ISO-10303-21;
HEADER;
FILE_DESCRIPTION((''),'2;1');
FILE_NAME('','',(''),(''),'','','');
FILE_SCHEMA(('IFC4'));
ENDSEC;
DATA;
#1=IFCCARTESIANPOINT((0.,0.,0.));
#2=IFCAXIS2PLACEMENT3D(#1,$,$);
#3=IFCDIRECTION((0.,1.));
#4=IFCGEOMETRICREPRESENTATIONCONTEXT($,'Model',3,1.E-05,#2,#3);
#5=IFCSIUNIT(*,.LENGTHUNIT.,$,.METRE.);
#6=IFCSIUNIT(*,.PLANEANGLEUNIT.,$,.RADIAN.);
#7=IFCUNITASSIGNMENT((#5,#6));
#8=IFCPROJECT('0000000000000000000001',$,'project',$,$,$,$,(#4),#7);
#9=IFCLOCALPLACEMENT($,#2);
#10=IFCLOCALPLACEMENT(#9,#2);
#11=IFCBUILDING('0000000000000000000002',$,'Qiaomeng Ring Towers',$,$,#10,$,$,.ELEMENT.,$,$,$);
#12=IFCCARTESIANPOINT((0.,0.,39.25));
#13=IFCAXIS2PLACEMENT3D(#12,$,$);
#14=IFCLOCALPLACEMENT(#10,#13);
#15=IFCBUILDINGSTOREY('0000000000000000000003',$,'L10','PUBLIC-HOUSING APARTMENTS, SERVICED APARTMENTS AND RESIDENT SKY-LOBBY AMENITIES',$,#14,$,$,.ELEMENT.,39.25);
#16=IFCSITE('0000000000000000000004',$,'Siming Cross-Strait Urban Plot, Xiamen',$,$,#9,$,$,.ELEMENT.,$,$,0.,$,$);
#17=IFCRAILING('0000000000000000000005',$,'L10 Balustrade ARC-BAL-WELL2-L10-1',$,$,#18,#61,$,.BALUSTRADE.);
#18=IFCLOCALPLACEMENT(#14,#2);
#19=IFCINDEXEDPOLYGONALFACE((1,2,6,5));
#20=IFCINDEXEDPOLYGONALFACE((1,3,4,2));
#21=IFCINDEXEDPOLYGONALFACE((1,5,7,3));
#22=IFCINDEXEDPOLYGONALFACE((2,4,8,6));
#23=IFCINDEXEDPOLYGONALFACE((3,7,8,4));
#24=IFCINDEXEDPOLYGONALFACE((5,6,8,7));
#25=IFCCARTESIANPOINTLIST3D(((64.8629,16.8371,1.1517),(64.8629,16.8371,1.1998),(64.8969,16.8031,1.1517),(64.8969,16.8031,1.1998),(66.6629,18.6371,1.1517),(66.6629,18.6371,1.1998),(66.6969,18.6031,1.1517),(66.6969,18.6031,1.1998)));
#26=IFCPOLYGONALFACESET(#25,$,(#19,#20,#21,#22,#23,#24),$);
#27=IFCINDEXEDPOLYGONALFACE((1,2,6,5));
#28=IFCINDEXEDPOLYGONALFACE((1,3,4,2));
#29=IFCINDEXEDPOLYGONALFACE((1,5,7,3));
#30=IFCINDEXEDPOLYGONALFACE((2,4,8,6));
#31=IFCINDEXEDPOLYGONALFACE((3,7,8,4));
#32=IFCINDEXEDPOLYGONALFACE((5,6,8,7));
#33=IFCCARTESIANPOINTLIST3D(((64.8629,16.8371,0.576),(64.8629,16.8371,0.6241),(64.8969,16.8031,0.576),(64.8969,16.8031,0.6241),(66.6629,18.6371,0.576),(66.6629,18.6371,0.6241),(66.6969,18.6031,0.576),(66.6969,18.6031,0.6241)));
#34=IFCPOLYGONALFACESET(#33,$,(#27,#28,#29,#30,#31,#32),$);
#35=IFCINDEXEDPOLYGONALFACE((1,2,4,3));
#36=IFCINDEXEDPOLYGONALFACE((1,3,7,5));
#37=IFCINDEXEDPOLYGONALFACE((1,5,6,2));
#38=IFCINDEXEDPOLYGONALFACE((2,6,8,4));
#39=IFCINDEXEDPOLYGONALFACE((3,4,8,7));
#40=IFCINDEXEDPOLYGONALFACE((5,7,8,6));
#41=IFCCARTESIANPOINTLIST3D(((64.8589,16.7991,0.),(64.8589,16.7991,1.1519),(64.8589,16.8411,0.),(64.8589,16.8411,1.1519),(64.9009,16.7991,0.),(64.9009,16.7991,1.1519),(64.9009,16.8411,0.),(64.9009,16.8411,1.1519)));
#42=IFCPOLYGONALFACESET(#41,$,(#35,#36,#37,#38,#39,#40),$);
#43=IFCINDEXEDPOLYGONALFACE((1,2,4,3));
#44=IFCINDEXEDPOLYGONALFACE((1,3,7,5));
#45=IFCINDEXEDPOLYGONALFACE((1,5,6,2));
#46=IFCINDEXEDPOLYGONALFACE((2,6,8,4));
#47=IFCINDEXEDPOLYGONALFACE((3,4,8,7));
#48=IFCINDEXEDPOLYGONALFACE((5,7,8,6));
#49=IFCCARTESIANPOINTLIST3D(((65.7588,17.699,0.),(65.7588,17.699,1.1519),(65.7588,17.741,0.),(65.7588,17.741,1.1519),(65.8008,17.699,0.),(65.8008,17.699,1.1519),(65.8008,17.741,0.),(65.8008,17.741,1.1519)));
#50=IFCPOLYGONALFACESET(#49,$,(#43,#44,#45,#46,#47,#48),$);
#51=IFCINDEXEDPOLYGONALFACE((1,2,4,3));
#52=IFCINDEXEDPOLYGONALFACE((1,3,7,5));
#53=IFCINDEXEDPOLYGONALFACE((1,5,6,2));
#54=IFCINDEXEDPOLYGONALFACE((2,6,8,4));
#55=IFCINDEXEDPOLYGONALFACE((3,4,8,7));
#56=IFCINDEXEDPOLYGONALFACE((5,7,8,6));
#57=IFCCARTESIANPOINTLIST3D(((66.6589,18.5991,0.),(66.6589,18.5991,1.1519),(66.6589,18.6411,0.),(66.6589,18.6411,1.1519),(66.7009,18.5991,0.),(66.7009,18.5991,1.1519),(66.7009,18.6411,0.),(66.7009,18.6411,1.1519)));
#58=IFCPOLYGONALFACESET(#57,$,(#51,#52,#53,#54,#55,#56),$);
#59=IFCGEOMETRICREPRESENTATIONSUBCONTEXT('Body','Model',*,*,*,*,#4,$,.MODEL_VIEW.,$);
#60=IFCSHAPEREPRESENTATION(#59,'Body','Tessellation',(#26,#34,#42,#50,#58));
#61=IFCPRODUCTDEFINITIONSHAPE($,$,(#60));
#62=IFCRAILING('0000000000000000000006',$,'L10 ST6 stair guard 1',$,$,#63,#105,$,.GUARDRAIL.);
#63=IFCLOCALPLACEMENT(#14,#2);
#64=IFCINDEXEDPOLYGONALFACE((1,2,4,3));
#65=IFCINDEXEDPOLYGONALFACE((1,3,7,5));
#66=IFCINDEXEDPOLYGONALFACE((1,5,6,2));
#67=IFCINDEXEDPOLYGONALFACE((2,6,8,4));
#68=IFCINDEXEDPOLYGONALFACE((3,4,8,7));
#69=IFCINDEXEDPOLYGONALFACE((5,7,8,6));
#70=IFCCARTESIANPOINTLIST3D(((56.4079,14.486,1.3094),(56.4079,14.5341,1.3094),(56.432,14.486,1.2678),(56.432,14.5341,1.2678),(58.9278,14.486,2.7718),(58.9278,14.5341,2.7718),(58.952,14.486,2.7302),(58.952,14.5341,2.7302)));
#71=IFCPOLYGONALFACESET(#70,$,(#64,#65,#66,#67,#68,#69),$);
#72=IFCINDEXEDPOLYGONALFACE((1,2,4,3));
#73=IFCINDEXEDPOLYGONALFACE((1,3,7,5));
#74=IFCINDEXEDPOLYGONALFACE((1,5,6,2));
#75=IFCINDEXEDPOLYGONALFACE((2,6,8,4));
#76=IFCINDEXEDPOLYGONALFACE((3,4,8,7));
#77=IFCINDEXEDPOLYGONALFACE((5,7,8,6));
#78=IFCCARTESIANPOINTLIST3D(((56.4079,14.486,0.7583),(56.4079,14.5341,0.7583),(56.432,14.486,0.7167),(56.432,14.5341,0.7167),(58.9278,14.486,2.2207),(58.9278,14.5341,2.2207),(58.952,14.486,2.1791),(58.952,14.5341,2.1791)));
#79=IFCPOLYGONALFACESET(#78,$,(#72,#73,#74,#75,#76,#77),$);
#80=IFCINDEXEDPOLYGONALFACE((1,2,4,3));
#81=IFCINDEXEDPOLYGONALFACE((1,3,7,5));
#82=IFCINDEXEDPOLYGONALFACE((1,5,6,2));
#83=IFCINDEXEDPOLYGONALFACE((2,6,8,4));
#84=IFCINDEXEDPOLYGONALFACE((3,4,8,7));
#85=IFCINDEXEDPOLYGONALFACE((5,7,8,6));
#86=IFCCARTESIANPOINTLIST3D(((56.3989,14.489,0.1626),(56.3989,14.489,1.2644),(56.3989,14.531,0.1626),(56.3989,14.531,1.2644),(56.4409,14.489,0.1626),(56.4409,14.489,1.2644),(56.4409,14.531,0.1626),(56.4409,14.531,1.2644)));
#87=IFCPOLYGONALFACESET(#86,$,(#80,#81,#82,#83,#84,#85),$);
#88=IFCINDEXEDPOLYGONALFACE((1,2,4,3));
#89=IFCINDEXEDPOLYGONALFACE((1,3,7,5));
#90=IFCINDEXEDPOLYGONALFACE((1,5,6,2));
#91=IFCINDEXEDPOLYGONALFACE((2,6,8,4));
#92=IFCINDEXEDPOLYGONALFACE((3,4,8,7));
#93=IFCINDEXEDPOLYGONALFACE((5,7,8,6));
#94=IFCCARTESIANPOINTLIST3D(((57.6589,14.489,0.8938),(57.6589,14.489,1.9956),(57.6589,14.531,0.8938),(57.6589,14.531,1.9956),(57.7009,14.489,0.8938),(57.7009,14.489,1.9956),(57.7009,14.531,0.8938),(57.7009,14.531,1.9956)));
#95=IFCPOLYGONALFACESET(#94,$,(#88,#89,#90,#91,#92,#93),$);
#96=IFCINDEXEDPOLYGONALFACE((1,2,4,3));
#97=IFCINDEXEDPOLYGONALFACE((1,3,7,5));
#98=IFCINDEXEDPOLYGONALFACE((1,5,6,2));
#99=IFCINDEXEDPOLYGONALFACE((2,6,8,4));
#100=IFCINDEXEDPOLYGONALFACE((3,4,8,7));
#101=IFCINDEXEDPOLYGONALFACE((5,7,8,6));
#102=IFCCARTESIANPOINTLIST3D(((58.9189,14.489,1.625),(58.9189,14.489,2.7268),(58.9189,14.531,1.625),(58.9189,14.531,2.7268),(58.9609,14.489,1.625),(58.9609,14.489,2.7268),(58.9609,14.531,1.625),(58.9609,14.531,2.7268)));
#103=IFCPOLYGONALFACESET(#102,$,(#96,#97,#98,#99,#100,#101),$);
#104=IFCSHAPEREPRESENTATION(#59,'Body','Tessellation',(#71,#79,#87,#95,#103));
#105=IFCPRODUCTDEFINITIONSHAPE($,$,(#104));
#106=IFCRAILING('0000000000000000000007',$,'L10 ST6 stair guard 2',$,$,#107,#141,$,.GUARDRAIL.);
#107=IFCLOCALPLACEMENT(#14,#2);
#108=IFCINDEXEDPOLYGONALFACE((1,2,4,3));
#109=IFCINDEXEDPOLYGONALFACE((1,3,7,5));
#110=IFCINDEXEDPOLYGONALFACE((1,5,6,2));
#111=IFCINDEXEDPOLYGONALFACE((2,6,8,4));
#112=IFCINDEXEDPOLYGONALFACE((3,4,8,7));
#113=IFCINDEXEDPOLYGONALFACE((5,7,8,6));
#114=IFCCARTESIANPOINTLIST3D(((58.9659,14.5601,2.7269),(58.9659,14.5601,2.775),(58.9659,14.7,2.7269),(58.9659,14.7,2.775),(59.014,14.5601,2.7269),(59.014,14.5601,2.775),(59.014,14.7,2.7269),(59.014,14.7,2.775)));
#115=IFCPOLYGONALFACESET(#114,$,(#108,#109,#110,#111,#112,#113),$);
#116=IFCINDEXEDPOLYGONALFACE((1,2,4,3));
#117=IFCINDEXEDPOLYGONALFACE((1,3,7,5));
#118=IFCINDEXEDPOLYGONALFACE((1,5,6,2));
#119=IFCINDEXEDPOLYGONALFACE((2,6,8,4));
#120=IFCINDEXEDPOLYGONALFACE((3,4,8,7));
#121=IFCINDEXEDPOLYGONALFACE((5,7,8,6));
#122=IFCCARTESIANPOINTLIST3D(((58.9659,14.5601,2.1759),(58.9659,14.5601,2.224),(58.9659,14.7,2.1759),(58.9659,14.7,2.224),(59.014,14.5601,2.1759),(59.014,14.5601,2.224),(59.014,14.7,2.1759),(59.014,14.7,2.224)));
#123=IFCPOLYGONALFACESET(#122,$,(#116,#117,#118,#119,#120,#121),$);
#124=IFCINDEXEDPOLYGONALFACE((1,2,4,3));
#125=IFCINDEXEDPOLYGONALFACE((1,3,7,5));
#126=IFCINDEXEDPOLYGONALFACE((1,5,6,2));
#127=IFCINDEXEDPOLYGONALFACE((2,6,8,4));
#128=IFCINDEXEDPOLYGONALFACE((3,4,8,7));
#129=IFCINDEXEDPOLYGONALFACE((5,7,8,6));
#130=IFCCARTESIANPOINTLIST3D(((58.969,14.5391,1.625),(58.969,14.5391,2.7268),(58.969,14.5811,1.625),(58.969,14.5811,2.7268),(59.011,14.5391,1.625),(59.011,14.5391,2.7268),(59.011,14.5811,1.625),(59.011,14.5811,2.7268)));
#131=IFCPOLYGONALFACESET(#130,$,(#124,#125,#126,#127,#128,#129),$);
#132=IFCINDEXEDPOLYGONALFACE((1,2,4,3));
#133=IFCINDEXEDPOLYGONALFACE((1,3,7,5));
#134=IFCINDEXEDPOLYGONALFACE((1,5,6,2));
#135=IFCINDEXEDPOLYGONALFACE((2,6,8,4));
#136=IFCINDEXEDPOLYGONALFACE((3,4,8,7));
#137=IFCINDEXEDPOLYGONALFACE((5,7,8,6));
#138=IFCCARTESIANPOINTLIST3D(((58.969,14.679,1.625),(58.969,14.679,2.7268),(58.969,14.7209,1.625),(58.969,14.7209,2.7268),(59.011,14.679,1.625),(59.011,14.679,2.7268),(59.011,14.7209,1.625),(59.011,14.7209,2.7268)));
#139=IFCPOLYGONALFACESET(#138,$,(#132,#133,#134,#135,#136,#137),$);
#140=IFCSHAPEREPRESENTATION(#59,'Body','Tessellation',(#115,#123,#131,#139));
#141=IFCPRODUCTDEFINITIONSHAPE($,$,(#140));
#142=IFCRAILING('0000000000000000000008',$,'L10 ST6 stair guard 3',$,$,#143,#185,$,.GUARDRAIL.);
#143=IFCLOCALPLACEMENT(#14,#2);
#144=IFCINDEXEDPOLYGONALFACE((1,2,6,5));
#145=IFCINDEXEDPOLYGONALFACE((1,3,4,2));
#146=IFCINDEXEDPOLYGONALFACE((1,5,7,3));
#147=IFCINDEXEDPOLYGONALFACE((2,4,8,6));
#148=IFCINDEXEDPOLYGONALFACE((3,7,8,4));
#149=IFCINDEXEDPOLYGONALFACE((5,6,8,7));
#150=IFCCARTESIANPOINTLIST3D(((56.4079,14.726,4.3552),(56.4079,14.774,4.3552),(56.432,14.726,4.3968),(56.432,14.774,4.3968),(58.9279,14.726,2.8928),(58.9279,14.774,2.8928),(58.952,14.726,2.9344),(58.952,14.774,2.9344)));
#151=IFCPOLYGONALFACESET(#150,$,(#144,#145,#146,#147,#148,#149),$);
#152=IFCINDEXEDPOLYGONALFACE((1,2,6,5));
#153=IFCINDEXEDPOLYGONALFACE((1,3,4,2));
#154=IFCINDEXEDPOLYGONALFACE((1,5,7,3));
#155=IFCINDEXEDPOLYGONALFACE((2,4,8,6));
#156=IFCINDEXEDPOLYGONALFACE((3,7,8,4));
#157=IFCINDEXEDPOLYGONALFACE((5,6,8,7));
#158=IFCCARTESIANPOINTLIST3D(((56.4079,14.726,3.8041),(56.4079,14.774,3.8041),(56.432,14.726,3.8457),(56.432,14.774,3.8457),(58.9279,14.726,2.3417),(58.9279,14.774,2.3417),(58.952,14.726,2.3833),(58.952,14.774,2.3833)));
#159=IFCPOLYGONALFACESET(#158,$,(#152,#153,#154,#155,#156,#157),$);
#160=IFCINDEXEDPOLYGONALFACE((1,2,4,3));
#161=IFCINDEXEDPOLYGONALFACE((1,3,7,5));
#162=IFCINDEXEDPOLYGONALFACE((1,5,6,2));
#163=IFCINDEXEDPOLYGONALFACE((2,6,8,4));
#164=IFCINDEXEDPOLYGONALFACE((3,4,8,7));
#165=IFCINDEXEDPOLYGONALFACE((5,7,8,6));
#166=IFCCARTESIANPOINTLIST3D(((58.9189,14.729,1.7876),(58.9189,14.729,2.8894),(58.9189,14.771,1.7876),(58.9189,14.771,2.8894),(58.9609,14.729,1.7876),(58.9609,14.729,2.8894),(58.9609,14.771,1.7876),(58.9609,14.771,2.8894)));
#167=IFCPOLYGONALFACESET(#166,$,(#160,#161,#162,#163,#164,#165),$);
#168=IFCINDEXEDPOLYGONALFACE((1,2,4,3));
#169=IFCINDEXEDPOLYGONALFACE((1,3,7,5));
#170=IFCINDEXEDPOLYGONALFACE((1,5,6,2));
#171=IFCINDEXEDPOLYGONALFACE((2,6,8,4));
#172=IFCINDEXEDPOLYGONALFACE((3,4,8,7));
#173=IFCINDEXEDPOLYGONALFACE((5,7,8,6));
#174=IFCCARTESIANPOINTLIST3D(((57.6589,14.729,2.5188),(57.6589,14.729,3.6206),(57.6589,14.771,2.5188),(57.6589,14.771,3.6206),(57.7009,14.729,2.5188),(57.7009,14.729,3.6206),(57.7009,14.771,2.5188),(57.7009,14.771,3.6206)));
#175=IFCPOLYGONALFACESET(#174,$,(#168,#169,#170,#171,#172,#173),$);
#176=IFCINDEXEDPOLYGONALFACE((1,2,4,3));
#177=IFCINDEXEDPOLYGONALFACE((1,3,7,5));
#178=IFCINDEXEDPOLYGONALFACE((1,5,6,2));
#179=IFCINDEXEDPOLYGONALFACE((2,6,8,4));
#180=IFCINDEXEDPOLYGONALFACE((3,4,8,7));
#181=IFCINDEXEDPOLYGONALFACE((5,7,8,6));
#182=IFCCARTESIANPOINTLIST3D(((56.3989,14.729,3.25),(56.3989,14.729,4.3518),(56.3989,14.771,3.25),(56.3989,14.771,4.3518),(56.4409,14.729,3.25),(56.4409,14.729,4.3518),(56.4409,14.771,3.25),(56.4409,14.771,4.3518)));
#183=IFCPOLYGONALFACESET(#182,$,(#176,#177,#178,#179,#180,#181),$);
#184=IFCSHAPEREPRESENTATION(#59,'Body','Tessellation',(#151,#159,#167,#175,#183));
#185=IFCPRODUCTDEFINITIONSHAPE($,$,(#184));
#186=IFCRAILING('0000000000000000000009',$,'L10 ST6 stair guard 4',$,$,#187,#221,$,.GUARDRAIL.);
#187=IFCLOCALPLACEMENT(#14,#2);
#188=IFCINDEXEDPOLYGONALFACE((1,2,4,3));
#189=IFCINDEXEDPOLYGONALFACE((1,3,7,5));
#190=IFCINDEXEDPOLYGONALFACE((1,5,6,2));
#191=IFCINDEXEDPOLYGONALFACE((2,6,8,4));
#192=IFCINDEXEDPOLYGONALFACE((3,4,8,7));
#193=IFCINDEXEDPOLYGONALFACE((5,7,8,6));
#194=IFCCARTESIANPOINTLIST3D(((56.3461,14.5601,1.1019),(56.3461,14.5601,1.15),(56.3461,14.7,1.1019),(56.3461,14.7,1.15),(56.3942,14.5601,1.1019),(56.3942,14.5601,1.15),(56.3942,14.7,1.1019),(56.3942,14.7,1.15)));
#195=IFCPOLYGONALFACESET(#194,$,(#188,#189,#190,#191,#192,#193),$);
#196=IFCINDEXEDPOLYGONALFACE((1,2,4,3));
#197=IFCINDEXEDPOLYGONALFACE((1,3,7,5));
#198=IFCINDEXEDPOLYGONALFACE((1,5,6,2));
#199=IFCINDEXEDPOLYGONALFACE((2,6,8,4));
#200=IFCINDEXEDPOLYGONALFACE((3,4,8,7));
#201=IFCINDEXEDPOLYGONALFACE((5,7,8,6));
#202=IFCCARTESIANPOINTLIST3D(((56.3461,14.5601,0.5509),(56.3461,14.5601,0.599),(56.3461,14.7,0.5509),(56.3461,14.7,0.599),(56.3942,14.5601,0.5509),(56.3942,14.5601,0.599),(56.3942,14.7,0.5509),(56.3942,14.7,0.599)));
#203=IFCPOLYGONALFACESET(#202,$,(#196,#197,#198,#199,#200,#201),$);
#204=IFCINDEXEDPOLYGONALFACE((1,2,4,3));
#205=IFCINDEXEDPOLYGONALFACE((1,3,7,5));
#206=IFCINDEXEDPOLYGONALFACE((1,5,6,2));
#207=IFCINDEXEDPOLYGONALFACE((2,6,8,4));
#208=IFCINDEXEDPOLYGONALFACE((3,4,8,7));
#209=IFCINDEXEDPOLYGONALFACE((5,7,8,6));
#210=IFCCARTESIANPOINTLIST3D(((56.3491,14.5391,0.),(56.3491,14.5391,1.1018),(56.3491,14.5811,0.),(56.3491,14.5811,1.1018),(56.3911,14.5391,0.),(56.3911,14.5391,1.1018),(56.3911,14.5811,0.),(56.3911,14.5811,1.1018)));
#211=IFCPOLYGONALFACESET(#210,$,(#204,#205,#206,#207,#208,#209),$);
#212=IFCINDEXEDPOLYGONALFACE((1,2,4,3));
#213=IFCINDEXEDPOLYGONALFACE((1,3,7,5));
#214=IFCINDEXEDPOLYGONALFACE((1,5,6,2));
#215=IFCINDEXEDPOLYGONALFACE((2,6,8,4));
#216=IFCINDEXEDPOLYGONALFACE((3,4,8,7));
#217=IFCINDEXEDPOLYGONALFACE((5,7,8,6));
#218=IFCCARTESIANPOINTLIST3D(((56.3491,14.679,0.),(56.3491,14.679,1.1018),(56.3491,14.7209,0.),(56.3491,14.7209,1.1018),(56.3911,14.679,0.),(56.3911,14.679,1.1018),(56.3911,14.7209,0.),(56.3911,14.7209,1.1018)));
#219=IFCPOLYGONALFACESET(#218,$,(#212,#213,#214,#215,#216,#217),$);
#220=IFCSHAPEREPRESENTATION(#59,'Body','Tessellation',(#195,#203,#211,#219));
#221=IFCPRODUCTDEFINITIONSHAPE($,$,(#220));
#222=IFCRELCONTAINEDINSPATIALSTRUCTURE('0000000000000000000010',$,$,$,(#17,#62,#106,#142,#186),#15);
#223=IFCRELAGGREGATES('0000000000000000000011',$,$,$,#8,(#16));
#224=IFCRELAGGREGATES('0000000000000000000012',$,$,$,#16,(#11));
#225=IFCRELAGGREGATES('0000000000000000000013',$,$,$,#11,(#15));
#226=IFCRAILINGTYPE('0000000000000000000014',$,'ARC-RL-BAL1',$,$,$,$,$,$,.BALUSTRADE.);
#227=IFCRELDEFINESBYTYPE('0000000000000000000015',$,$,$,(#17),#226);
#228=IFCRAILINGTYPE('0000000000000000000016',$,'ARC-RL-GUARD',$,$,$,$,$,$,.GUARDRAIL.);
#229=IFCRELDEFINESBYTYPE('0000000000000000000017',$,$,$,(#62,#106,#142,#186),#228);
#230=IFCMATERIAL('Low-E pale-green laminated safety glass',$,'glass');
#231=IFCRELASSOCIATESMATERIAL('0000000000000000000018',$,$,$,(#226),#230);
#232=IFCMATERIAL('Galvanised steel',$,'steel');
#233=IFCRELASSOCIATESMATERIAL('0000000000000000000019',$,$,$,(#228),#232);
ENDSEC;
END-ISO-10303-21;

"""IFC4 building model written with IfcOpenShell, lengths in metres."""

from ifc_helpers import new_model, si_unit, direction, frame, origin, origin_2d, place, context, subcontext, project, spatial, rectangle, extrude, material, type_object, element, save


model = new_model("IFC4")

# Units and contexts
model_context = context("Model", 3, precision=1e-05, world=origin(), true_north=direction((0.0, 1.0)))
body_context = subcontext(model_context, "Body", "Model", "MODEL_VIEW")
ifc_project = project(units=[si_unit("LENGTHUNIT", "METRE"), si_unit("PLANEANGLEUNIT", "RADIAN")], contexts=[model_context])

# Site, building, storey
site_placement = place(None, origin())
site = spatial("IfcSite", under=ifc_project, at=site_placement, Name="Siming Cross-Strait Urban Plot, Xiamen", CompositionType="ELEMENT", RefElevation=0.0)
building_placement = place(site_placement, origin())
building = spatial("IfcBuilding", under=site, at=building_placement, Name="Qiaomeng Ring Towers", CompositionType="ELEMENT")
storey_placement = place(building_placement, frame((0.0, 0.0, 39.25)))
storey = spatial("IfcBuildingStorey", under=building, at=storey_placement, Name="L10", Description="PUBLIC-HOUSING APARTMENTS, SERVICED APARTMENTS AND RESIDENT SKY-LOBBY AMENITIES", CompositionType="ELEMENT", Elevation=39.25)

# Railings
ifc_material_1 = material(Name="Low-E pale-green laminated safety glass", Category="glass")
railing_type_1 = type_object("IfcRailingType", Name="ARC-RL-BAL1", PredefinedType="BALUSTRADE", material=ifc_material_1)
railing_1_placement = place(storey_placement, frame((64.8799, 16.8201, 0.0)))
element("IfcRailing", 1, at=railing_1_placement, inside=storey, type_object=railing_type_1, Name="L10 Balustrade ARC-BAL-WELL2-L10-1", PredefinedType="BALUSTRADE", context=body_context, shape_type="SweptSolid", body=[
    extrude(rectangle(XDim=0.0481, YDim=0.0481, at=origin_2d()), frame((0.0, 0.0, 1.1758), z_axis=(0.707107, 0.707107, 0.0), x_axis=(-0.707107, 0.707107, 0.0)), (0.0, 0.0, 1.0), 2.5457),
    extrude(rectangle(XDim=0.0481, YDim=0.0481, at=origin_2d()), frame((0.0, 0.0, 0.6001), z_axis=(0.707107, 0.707107, 0.0), x_axis=(-0.707107, 0.707107, 0.0)), (0.0, 0.0, 1.0), 2.5457),
    extrude(rectangle(XDim=0.042, YDim=0.042, at=origin_2d()), origin(), (0.0, 0.0, 1.0), 1.1519),
    extrude(rectangle(XDim=0.042, YDim=0.042, at=origin_2d()), frame((0.8999, 0.8999, 0.0)), (0.0, 0.0, 1.0), 1.1519),
    extrude(rectangle(XDim=0.042, YDim=0.042, at=origin_2d()), frame((1.8, 1.8, 0.0)), (0.0, 0.0, 1.0), 1.1519),
])
ifc_material_2 = material(Name="Galvanised steel", Category="steel")
railing_type_2 = type_object("IfcRailingType", Name="ARC-RL-GUARD", PredefinedType="GUARDRAIL", material=ifc_material_2)
railing_2_placement = place(storey_placement, frame((56.4199, 14.51, 0.1626)))
element("IfcRailing", 2, at=railing_2_placement, inside=storey, type_object=railing_type_2, Name="L10 ST6 stair guard 1", PredefinedType="GUARDRAIL", context=body_context, shape_type="SweptSolid", body=[
    extrude(rectangle(XDim=0.0481, YDim=0.0481, at=origin_2d()), frame((0.0, 0.0, 1.126), z_axis=(0.864913, 0.0, 0.501921), x_axis=(0.0, 1.0, 0.0)), (0.0, 0.0, 1.0), 2.9136),
    extrude(rectangle(XDim=0.0481, YDim=0.0481, at=origin_2d()), frame((0.0, 0.0, 0.575), z_axis=(0.864913, 0.0, 0.501921), x_axis=(0.0, 1.0, 0.0)), (0.0, 0.0, 1.0), 2.9136),
    extrude(rectangle(XDim=0.042, YDim=0.042, at=origin_2d()), origin(), (0.0, 0.0, 1.0), 1.1018),
    extrude(rectangle(XDim=0.042, YDim=0.042, at=origin_2d()), frame((1.26, 0.0, 0.7312)), (0.0, 0.0, 1.0), 1.1018),
    extrude(rectangle(XDim=0.042, YDim=0.042, at=origin_2d()), frame((2.52, 0.0, 1.4624)), (0.0, 0.0, 1.0), 1.1018),
])
railing_3_placement = place(storey_placement, frame((58.99, 14.5601, 1.625)))
element("IfcRailing", 3, at=railing_3_placement, inside=storey, type_object=railing_type_2, Name="L10 ST6 stair guard 2", PredefinedType="GUARDRAIL", context=body_context, shape_type="SweptSolid", body=[
    extrude(rectangle(XDim=0.0481, YDim=0.0481, at=origin_2d()), frame((0.0, 0.0, 1.126), z_axis=(0.0, 1.0, 0.0), x_axis=(-1.0, 0.0, 0.0)), (0.0, 0.0, 1.0), 0.1399),
    extrude(rectangle(XDim=0.0481, YDim=0.0481, at=origin_2d()), frame((0.0, 0.0, 0.575), z_axis=(0.0, 1.0, 0.0), x_axis=(-1.0, 0.0, 0.0)), (0.0, 0.0, 1.0), 0.1399),
    extrude(rectangle(XDim=0.042, YDim=0.042, at=origin_2d()), origin(), (0.0, 0.0, 1.0), 1.1018),
    extrude(rectangle(XDim=0.042, YDim=0.042, at=origin_2d()), frame((0.0, 0.1399, 0.0)), (0.0, 0.0, 1.0), 1.1018),
])
railing_4_placement = place(storey_placement, frame((58.9399, 14.75, 1.7876)))
element("IfcRailing", 4, at=railing_4_placement, inside=storey, type_object=railing_type_2, Name="L10 ST6 stair guard 3", PredefinedType="GUARDRAIL", context=body_context, shape_type="SweptSolid", body=[
    extrude(rectangle(XDim=0.0481, YDim=0.0481, at=origin_2d()), frame((0.0, 0.0, 1.126), z_axis=(-0.864913, 0.0, 0.501921), x_axis=(0.0, -1.0, 0.0)), (0.0, 0.0, 1.0), 2.9136),
    extrude(rectangle(XDim=0.0481, YDim=0.0481, at=origin_2d()), frame((0.0, 0.0, 0.575), z_axis=(-0.864913, 0.0, 0.501921), x_axis=(0.0, -1.0, 0.0)), (0.0, 0.0, 1.0), 2.9136),
    extrude(rectangle(XDim=0.042, YDim=0.042, at=origin_2d()), origin(), (0.0, 0.0, 1.0), 1.1018),
    extrude(rectangle(XDim=0.042, YDim=0.042, at=origin_2d()), frame((-1.26, 0.0, 0.7312)), (0.0, 0.0, 1.0), 1.1018),
    extrude(rectangle(XDim=0.042, YDim=0.042, at=origin_2d()), frame((-2.52, 0.0, 1.4624)), (0.0, 0.0, 1.0), 1.1018),
])
railing_5_placement = place(storey_placement, frame((56.3701, 14.5601, 0.0)))
element("IfcRailing", 5, at=railing_5_placement, inside=storey, type_object=railing_type_2, Name="L10 ST6 stair guard 4", PredefinedType="GUARDRAIL", context=body_context, shape_type="SweptSolid", body=[
    extrude(rectangle(XDim=0.0481, YDim=0.0481, at=origin_2d()), frame((0.0, 0.0, 1.126), z_axis=(0.0, 1.0, 0.0), x_axis=(-1.0, 0.0, 0.0)), (0.0, 0.0, 1.0), 0.1399),
    extrude(rectangle(XDim=0.0481, YDim=0.0481, at=origin_2d()), frame((0.0, 0.0, 0.575), z_axis=(0.0, 1.0, 0.0), x_axis=(-1.0, 0.0, 0.0)), (0.0, 0.0, 1.0), 0.1399),
    extrude(rectangle(XDim=0.042, YDim=0.042, at=origin_2d()), origin(), (0.0, 0.0, 1.0), 1.1018),
    extrude(rectangle(XDim=0.042, YDim=0.042, at=origin_2d()), frame((0.0, 0.1399, 0.0)), (0.0, 0.0, 1.0), 1.1018),
])

save(model, "model.ifc")
